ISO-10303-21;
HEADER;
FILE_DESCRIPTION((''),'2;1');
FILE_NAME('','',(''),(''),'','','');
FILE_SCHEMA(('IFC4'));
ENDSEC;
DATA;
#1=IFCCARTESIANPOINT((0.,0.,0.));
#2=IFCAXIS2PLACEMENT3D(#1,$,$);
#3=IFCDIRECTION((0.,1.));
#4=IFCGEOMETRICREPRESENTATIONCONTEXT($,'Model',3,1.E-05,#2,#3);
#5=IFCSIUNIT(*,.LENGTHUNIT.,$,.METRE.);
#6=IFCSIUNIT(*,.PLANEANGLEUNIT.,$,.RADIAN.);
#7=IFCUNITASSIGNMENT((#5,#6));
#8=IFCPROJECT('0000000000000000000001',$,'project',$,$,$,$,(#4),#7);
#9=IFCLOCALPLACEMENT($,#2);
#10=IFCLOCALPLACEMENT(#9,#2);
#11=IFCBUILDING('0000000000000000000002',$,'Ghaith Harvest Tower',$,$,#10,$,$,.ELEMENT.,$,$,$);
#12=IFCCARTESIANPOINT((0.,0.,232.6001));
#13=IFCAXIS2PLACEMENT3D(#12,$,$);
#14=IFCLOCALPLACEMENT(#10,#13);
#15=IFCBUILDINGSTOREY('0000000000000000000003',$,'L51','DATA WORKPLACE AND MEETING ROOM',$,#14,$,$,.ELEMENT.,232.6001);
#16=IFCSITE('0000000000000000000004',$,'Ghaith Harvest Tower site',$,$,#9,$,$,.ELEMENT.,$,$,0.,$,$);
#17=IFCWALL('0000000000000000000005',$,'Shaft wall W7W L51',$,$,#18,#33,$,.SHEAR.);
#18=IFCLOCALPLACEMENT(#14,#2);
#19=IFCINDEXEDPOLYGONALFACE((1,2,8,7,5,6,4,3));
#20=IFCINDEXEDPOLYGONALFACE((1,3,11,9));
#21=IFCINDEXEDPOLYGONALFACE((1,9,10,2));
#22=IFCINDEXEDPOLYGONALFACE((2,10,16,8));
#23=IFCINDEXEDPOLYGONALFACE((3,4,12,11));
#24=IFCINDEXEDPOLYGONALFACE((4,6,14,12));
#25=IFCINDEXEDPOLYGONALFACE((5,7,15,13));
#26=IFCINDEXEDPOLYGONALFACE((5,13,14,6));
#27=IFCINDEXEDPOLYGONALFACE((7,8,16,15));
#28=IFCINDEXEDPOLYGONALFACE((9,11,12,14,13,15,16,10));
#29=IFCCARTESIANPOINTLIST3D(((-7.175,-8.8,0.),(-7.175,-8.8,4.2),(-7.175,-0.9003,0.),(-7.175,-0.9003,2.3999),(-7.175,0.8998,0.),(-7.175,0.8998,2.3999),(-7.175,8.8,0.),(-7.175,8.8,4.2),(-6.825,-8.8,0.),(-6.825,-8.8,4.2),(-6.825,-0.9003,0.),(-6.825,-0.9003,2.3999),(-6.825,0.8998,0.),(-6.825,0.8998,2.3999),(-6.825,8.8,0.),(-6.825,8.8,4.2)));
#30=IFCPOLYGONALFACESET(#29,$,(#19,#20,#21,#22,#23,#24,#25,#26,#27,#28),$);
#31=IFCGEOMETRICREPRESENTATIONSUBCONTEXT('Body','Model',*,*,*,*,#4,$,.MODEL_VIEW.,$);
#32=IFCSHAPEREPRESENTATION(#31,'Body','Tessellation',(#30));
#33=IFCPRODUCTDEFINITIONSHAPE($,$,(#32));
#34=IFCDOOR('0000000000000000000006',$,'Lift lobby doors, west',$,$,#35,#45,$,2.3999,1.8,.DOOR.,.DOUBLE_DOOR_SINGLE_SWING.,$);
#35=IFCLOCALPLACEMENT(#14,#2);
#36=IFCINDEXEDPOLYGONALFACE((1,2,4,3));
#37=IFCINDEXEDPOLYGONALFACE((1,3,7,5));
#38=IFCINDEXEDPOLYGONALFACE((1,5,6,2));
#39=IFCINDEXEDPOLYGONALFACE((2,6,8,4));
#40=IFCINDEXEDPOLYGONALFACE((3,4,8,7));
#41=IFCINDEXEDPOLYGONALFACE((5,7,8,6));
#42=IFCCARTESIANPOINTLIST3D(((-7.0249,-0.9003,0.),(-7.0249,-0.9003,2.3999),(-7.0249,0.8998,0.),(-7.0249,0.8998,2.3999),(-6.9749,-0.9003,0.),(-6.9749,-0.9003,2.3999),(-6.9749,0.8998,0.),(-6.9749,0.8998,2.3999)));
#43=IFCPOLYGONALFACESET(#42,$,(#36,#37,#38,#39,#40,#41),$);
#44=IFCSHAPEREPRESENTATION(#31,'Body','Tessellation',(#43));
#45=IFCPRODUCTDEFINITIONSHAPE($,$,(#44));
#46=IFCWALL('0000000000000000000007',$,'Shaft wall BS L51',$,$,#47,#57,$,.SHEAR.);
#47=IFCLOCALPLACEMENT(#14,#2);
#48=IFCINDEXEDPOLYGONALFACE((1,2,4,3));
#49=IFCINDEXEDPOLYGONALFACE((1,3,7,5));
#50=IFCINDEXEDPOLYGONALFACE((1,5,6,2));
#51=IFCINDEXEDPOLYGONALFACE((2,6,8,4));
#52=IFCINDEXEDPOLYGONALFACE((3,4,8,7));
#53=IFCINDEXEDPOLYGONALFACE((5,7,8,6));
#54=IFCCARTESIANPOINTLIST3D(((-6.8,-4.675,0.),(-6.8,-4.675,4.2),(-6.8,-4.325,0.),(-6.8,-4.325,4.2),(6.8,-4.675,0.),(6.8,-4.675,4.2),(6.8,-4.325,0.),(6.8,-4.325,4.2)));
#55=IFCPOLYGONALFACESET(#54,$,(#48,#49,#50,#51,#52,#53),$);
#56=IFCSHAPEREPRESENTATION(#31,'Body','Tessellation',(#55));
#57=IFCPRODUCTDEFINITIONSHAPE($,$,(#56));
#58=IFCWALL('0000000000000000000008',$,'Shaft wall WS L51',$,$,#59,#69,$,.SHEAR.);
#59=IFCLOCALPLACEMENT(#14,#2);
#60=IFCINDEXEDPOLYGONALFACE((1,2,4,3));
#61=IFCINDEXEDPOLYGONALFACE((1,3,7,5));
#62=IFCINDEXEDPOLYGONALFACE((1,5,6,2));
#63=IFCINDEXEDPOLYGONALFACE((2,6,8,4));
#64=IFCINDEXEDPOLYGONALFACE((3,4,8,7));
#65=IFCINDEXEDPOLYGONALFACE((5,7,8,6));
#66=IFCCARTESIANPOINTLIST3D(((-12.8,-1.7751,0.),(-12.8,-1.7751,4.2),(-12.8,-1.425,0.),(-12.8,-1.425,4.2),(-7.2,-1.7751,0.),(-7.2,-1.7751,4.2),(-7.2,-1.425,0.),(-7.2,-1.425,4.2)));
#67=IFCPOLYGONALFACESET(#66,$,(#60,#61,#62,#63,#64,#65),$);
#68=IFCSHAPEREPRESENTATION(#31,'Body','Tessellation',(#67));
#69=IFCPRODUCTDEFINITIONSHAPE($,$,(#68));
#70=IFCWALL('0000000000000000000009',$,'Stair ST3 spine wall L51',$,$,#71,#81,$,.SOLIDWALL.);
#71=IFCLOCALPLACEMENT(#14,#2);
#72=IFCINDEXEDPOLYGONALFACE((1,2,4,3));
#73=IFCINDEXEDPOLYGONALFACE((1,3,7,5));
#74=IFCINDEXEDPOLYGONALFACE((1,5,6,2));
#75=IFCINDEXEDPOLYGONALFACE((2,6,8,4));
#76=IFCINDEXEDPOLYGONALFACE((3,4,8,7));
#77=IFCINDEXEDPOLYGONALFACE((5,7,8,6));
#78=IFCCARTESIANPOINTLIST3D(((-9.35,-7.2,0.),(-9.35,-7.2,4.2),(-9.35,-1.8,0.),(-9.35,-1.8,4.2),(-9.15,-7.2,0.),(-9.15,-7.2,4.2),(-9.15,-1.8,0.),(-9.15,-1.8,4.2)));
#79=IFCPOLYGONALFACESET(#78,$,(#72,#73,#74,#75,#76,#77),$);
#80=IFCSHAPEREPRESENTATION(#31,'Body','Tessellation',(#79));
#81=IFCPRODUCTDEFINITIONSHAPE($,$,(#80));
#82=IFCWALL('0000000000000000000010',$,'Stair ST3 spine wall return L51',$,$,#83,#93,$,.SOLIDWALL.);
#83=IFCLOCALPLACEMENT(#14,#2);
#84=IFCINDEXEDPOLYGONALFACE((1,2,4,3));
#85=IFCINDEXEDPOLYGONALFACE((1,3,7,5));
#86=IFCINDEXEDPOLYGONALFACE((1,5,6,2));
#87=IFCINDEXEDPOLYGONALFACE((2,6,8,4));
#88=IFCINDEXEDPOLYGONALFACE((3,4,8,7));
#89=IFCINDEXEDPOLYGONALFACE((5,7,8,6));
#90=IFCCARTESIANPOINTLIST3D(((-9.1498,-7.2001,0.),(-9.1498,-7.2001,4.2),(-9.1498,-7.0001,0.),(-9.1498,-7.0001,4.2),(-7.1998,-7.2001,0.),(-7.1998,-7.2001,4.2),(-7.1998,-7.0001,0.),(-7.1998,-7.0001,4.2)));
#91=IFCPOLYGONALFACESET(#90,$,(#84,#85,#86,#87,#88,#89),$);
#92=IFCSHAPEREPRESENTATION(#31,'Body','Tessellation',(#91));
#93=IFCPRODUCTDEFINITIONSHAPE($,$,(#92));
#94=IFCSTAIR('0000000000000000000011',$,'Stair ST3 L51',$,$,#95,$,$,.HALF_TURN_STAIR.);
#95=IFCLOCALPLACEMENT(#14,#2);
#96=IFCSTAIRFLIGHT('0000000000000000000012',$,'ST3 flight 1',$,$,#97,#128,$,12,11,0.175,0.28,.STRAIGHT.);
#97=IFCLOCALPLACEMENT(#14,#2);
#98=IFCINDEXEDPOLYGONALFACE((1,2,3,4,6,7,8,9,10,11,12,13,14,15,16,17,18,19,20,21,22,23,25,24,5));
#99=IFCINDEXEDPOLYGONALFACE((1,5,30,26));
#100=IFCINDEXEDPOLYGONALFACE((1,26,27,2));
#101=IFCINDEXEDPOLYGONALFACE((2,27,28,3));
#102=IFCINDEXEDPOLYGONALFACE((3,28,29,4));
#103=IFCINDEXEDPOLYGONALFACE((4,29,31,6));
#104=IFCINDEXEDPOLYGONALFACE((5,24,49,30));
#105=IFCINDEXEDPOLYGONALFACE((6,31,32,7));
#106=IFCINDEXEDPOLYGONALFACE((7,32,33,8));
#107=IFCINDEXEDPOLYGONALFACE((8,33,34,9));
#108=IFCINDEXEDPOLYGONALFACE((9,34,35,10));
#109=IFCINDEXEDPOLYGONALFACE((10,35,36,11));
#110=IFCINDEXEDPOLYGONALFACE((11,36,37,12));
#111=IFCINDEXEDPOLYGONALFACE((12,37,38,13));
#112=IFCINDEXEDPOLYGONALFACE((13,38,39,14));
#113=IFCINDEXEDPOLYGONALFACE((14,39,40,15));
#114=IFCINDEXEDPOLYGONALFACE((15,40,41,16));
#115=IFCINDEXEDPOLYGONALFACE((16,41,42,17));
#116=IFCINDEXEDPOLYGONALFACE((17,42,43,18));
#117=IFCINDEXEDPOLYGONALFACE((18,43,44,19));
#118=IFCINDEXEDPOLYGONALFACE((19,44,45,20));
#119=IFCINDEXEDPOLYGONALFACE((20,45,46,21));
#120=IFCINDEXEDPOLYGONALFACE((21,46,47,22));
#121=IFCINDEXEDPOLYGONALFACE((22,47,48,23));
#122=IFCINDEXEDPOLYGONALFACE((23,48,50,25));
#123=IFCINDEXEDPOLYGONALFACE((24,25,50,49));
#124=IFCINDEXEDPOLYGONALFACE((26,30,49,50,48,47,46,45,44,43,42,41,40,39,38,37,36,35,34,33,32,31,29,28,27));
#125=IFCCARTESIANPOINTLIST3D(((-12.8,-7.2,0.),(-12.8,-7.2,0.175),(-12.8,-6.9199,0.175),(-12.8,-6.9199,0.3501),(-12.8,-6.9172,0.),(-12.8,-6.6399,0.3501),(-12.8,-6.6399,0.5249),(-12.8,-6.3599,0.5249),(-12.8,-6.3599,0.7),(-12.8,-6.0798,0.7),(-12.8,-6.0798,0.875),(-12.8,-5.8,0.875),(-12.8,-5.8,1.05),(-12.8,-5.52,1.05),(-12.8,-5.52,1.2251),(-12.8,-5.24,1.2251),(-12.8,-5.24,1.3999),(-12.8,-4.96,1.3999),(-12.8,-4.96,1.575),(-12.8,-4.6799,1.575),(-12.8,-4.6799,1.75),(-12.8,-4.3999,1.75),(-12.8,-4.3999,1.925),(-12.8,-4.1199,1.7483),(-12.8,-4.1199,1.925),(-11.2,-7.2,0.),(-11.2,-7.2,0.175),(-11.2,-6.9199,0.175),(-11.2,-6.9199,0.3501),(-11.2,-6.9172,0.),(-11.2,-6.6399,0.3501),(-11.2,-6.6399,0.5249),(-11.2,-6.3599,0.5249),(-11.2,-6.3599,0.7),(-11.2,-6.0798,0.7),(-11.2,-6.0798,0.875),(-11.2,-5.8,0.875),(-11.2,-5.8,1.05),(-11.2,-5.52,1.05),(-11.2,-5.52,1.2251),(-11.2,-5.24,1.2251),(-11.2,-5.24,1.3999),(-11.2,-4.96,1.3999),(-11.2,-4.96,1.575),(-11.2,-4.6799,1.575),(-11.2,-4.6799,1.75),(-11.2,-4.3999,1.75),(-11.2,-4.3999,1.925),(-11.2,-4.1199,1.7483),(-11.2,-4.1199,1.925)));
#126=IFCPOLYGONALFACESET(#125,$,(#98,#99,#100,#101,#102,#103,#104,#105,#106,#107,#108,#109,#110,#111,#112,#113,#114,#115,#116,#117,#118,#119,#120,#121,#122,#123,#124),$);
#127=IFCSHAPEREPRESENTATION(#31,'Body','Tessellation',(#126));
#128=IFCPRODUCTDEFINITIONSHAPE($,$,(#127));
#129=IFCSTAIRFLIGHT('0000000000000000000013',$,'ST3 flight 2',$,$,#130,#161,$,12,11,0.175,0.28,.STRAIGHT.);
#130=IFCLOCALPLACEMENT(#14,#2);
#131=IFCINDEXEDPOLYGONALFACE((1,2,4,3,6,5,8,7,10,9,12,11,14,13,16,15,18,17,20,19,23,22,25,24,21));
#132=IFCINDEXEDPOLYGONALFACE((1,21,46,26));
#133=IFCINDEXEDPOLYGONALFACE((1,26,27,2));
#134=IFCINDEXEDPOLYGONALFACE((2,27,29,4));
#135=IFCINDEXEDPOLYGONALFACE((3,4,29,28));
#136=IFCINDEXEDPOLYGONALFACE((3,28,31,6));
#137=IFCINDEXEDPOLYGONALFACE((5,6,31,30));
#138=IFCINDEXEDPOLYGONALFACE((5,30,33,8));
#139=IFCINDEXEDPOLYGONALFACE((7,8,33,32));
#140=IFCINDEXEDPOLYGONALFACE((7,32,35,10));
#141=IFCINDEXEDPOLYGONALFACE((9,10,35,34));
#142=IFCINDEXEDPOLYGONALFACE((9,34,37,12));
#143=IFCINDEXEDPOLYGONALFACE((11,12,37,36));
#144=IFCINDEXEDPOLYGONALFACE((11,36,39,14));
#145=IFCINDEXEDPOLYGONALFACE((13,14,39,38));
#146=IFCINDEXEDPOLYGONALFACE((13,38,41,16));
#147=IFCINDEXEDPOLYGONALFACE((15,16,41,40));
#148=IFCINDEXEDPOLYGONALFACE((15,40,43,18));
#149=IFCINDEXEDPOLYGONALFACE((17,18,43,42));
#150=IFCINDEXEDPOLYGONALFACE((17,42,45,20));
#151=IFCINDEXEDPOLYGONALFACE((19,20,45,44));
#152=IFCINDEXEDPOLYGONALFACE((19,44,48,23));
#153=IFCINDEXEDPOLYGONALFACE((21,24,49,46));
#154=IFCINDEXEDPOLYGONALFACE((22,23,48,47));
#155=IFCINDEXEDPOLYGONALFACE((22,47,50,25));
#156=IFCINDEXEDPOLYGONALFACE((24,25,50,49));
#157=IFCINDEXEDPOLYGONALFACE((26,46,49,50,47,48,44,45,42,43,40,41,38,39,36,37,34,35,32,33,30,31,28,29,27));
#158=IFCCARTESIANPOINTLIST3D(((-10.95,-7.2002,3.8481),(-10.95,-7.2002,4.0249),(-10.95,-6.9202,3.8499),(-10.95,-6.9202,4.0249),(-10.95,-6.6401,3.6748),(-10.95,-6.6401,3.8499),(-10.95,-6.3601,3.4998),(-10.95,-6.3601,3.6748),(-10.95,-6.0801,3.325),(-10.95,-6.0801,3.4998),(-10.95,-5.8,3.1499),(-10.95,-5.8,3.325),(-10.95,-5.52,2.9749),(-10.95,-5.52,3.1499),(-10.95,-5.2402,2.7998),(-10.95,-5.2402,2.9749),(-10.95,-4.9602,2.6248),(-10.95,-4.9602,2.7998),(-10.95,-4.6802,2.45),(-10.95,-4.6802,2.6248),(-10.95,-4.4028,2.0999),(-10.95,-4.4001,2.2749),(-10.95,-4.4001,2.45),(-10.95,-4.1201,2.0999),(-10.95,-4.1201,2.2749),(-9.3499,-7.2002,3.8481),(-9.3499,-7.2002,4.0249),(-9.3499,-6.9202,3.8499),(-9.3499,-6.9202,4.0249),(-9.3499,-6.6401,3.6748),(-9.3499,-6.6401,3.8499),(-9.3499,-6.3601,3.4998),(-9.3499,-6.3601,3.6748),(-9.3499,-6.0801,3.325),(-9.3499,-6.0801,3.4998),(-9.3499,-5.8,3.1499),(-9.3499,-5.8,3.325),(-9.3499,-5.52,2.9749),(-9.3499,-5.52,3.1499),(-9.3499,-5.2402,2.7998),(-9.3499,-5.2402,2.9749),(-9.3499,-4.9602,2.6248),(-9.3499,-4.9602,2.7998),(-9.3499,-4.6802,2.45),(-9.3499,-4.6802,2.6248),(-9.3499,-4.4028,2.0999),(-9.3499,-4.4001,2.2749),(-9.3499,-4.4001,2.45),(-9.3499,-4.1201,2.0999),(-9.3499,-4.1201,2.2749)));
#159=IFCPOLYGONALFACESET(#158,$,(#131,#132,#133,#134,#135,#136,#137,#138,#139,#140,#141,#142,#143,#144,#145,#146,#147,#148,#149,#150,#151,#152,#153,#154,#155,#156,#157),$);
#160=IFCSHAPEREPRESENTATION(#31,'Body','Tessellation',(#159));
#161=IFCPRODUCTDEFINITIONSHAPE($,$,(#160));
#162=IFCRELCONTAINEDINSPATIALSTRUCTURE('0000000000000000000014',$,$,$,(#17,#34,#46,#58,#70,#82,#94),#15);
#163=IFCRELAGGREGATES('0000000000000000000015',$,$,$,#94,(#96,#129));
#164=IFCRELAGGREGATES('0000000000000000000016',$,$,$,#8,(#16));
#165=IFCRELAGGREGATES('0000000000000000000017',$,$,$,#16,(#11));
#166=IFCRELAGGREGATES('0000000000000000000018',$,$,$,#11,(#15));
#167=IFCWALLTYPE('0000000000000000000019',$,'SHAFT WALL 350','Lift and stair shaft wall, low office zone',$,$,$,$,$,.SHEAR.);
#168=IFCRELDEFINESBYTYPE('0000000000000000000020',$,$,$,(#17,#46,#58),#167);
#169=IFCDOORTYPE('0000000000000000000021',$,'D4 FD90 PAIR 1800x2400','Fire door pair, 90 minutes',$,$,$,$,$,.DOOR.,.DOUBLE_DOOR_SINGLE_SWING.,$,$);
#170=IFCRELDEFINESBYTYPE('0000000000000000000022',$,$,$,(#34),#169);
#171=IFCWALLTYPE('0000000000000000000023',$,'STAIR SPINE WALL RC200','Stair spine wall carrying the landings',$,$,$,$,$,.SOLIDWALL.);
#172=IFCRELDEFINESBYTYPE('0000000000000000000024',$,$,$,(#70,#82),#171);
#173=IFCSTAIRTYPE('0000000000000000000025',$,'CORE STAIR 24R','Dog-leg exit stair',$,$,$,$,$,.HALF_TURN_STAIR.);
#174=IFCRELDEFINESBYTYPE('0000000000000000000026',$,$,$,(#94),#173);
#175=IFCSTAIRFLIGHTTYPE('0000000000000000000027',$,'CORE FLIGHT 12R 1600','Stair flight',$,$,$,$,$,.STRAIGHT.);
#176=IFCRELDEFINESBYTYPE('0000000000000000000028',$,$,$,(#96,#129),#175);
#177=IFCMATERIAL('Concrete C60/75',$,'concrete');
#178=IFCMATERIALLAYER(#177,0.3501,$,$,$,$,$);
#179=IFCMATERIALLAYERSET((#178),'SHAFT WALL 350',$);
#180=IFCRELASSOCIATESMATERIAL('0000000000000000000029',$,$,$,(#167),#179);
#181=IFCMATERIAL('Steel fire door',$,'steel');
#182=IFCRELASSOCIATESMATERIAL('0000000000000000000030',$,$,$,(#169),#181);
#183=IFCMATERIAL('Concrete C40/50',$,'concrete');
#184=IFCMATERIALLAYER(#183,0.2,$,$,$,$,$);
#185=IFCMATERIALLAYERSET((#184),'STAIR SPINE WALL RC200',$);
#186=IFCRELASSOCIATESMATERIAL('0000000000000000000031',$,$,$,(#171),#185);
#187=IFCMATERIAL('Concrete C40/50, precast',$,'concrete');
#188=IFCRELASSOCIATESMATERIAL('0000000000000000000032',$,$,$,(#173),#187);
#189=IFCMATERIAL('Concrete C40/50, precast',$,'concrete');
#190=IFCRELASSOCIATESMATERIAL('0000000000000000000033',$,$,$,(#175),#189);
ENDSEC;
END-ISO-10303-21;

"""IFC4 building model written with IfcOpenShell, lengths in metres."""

from ifc_helpers import new_model, si_unit, direction, frame, frame_2d, origin, place, context, subcontext, project, spatial, polyline, rectangle, outline, extrude, material, layer, layer_set, type_object, element, fill, aggregate, save


model = new_model("IFC4")

# Units and contexts
model_context = context("Model", 3, precision=1e-05, world=origin(), true_north=direction((0.0, 1.0)))
body_context = subcontext(model_context, "Body", "Model", "MODEL_VIEW")
ifc_project = project(units=[si_unit("LENGTHUNIT", "METRE"), si_unit("PLANEANGLEUNIT", "RADIAN")], contexts=[model_context])

# Site, building, storey
site_placement = place(None, origin())
site = spatial("IfcSite", under=ifc_project, at=site_placement, Name="Ghaith Harvest Tower site", CompositionType="ELEMENT", RefElevation=0.0)
building_placement = place(site_placement, origin())
building = spatial("IfcBuilding", under=site, at=building_placement, Name="Ghaith Harvest Tower", CompositionType="ELEMENT")
storey_placement = place(building_placement, frame((0.0, 0.0, 232.6001)))
storey = spatial("IfcBuildingStorey", under=building, at=storey_placement, Name="L51", Description="DATA WORKPLACE AND MEETING ROOM", CompositionType="ELEMENT", Elevation=232.6001)

# Wall, opening, door
ifc_material_1 = material(Name="Concrete C60/75", Category="concrete")
ifc_layer_1 = layer(ifc_material_1, 0.3501)
ifc_layer_set_1 = layer_set([ifc_layer_1], Name="SHAFT WALL 350")
wall_type_1 = type_object("IfcWallType", Name="SHAFT WALL 350", Description="Lift and stair shaft wall, low office zone", PredefinedType="SHEAR", material=ifc_layer_set_1)
wall_1_placement = place(storey_placement, frame((-7.0, -8.8, 0.0), z_axis=(0.0, 0.0, 1.0), x_axis=(0.0, 1.0, 0.0)))
wall_1 = element("IfcWall", 1, at=wall_1_placement, inside=storey, type_object=wall_type_1, Name="Shaft wall W7W L51", PredefinedType="SHEAR", context=body_context, shape_type="SweptSolid", body=[
    extrude(rectangle(XDim=17.6001, YDim=0.3501, at=frame_2d((8.8, 0.0))), origin(), (0.0, 0.0, 1.0), 4.2),
])
opening_1_placement = place(wall_1_placement, frame((7.8999, 0.0, 0.0)))
opening_1 = element("IfcOpeningElement", 2, at=opening_1_placement, cuts=wall_1, PredefinedType="OPENING", context=body_context, shape_type="SweptSolid", body=[
    extrude(rectangle(XDim=1.8, YDim=2.3999, at=frame_2d((0.8999, 1.2))), frame((0.0, 0.1851, 0.0), z_axis=(0.0, -1.0, 0.0), x_axis=(1.0, 0.0, 0.0)), (0.0, 0.0, 1.0), 0.3701),
])
ifc_material_2 = material(Name="Steel fire door", Category="steel")
door_type_1 = type_object("IfcDoorType", Name="D4 FD90 PAIR 1800x2400", Description="Fire door pair, 90 minutes", OperationType="DOUBLE_DOOR_SINGLE_SWING", PredefinedType="DOOR", material=ifc_material_2)
door_1_placement = place(opening_1_placement, origin())
door_1 = element("IfcDoor", 3, at=door_1_placement, inside=storey, type_object=door_type_1, Name="Lift lobby doors, west", OperationType="DOUBLE_DOOR_SINGLE_SWING", OverallHeight=2.3999, OverallWidth=1.8, PredefinedType="DOOR", context=body_context, shape_type="SweptSolid", body=[
    extrude(rectangle(XDim=1.8, YDim=2.3999, at=frame_2d((0.8999, 1.2))), frame((0.0, 0.0249, 0.0), z_axis=(0.0, -1.0, 0.0), x_axis=(1.0, 0.0, 0.0)), (0.0, 0.0, 1.0), 0.05),
])
fill(opening_1, door_1)

# Walls
wall_2_placement = place(storey_placement, frame((-6.8, -4.5, 0.0), z_axis=(0.0, 0.0, 1.0), x_axis=(1.0, 0.0, 0.0)))
element("IfcWall", 4, at=wall_2_placement, inside=storey, type_object=wall_type_1, Name="Shaft wall BS L51", PredefinedType="SHEAR", context=body_context, shape_type="SweptSolid", body=[
    extrude(rectangle(XDim=13.6001, YDim=0.3501, at=frame_2d((6.8, 0.0))), origin(), (0.0, 0.0, 1.0), 4.2),
])
wall_3_placement = place(storey_placement, frame((-12.8, -1.6001, 0.0), z_axis=(0.0, 0.0, 1.0), x_axis=(1.0, 0.0, 0.0)))
element("IfcWall", 5, at=wall_3_placement, inside=storey, type_object=wall_type_1, Name="Shaft wall WS L51", PredefinedType="SHEAR", context=body_context, shape_type="SweptSolid", body=[
    extrude(rectangle(XDim=5.6001, YDim=0.3501, at=frame_2d((2.8, 0.0))), origin(), (0.0, 0.0, 1.0), 4.2),
])
ifc_material_3 = material(Name="Concrete C40/50", Category="concrete")
ifc_layer_2 = layer(ifc_material_3, 0.2)
ifc_layer_set_2 = layer_set([ifc_layer_2], Name="STAIR SPINE WALL RC200")
wall_type_2 = type_object("IfcWallType", Name="STAIR SPINE WALL RC200", Description="Stair spine wall carrying the landings", PredefinedType="SOLIDWALL", material=ifc_layer_set_2)
wall_4_placement = place(storey_placement, frame((-9.25, -7.2, 0.0), z_axis=(0.0, 0.0, 1.0), x_axis=(0.0, 1.0, 0.0)))
element("IfcWall", 6, at=wall_4_placement, inside=storey, type_object=wall_type_2, Name="Stair ST3 spine wall L51", PredefinedType="SOLIDWALL", context=body_context, shape_type="SweptSolid", body=[
    extrude(rectangle(XDim=5.3999, YDim=0.2, at=frame_2d((2.7, 0.0))), origin(), (0.0, 0.0, 1.0), 4.2),
])
wall_5_placement = place(storey_placement, frame((-9.1499, -7.1001, 0.0), z_axis=(0.0, 0.0, 1.0), x_axis=(1.0, 0.0, 0.0)))
element("IfcWall", 7, at=wall_5_placement, inside=storey, type_object=wall_type_2, Name="Stair ST3 spine wall return L51", PredefinedType="SOLIDWALL", context=body_context, shape_type="SweptSolid", body=[
    extrude(rectangle(XDim=1.95, YDim=0.2, at=frame_2d((0.9751, 0.0))), origin(), (0.0, 0.0, 1.0), 4.2),
])

# Stair, stair flights
ifc_material_4 = material(Name="Concrete C40/50, precast", Category="concrete")
stair_type = type_object("IfcStairType", Name="CORE STAIR 24R", Description="Dog-leg exit stair", PredefinedType="HALF_TURN_STAIR", material=ifc_material_4)
stair_placement = place(storey_placement, origin())
stair = element("IfcStair", 8, at=stair_placement, inside=storey, type_object=stair_type, Name="Stair ST3 L51", PredefinedType="HALF_TURN_STAIR")
ifc_material_5 = material(Name="Concrete C40/50, precast", Category="concrete")
stair_flight_type = type_object("IfcStairFlightType", Name="CORE FLIGHT 12R 1600", Description="Stair flight", PredefinedType="STRAIGHT", material=ifc_material_5)
stair_flight_1_placement = place(storey_placement, frame((-12.0, -7.2, 0.0), z_axis=(0.0, 0.0, 1.0), x_axis=(0.0, 1.0, 0.0)))
stair_flight_1 = element("IfcStairFlight", 9, at=stair_flight_1_placement, type_object=stair_flight_type, Name="ST3 flight 1", NumberOfRisers=12, NumberOfTreads=11, PredefinedType="STRAIGHT", RiserHeight=0.175, TreadLength=0.28, context=body_context, shape_type="SweptSolid", body=[
    extrude(outline(polyline([(0.0, 0.0), (0.0, 0.175), (0.28, 0.175), (0.28, 0.3501), (0.5601, 0.3501), (0.5601, 0.5249), (0.8401, 0.5249), (0.8401, 0.7), (1.1201, 0.7), (1.1201, 0.875), (1.3999, 0.875), (1.3999, 1.05), (1.6799, 1.05), (1.6799, 1.2251), (1.96, 1.2251), (1.96, 1.3999), (2.24, 1.3999), (2.24, 1.575), (2.52, 1.575), (2.52, 1.75), (2.8, 1.75), (2.8, 1.925), (3.0801, 1.925), (3.0801, 2.1001), (3.0801, 1.7483), (0.2827, 0.0), (0.0, 0.0)])), frame((0.0, 0.8, 0.0), z_axis=(0.0, -1.0, 0.0), x_axis=(1.0, 0.0, 0.0)), (0.0, 0.0, 1.0), 1.6001),
])
stair_flight_2_placement = place(storey_placement, frame((-10.1499, -4.1201, 2.0999), z_axis=(0.0, 0.0, 1.0), x_axis=(0.0, -1.0, 0.0)))
stair_flight_2 = element("IfcStairFlight", 10, at=stair_flight_2_placement, type_object=stair_flight_type, Name="ST3 flight 2", NumberOfRisers=12, NumberOfTreads=11, PredefinedType="STRAIGHT", RiserHeight=0.175, TreadLength=0.28, context=body_context, shape_type="SweptSolid", body=[
    extrude(outline(polyline([(0.0, 0.0), (0.0, 0.175), (0.28, 0.175), (0.28, 0.3501), (0.5601, 0.3501), (0.5601, 0.5249), (0.8401, 0.5249), (0.8401, 0.7), (1.1201, 0.7), (1.1201, 0.875), (1.3999, 0.875), (1.3999, 1.05), (1.6799, 1.05), (1.6799, 1.2251), (1.96, 1.2251), (1.96, 1.3999), (2.24, 1.3999), (2.24, 1.575), (2.52, 1.575), (2.52, 1.75), (2.8, 1.75), (2.8, 1.925), (3.0801, 1.925), (3.0801, 2.1001), (3.0801, 1.7483), (0.2827, 0.0), (0.0, 0.0)])), frame((0.0, 0.8, 0.0), z_axis=(0.0, -1.0, 0.0), x_axis=(1.0, 0.0, 0.0)), (0.0, 0.0, 1.0), 1.6001),
])
aggregate(stair, [stair_flight_1, stair_flight_2])

save(model, "model.ifc")
